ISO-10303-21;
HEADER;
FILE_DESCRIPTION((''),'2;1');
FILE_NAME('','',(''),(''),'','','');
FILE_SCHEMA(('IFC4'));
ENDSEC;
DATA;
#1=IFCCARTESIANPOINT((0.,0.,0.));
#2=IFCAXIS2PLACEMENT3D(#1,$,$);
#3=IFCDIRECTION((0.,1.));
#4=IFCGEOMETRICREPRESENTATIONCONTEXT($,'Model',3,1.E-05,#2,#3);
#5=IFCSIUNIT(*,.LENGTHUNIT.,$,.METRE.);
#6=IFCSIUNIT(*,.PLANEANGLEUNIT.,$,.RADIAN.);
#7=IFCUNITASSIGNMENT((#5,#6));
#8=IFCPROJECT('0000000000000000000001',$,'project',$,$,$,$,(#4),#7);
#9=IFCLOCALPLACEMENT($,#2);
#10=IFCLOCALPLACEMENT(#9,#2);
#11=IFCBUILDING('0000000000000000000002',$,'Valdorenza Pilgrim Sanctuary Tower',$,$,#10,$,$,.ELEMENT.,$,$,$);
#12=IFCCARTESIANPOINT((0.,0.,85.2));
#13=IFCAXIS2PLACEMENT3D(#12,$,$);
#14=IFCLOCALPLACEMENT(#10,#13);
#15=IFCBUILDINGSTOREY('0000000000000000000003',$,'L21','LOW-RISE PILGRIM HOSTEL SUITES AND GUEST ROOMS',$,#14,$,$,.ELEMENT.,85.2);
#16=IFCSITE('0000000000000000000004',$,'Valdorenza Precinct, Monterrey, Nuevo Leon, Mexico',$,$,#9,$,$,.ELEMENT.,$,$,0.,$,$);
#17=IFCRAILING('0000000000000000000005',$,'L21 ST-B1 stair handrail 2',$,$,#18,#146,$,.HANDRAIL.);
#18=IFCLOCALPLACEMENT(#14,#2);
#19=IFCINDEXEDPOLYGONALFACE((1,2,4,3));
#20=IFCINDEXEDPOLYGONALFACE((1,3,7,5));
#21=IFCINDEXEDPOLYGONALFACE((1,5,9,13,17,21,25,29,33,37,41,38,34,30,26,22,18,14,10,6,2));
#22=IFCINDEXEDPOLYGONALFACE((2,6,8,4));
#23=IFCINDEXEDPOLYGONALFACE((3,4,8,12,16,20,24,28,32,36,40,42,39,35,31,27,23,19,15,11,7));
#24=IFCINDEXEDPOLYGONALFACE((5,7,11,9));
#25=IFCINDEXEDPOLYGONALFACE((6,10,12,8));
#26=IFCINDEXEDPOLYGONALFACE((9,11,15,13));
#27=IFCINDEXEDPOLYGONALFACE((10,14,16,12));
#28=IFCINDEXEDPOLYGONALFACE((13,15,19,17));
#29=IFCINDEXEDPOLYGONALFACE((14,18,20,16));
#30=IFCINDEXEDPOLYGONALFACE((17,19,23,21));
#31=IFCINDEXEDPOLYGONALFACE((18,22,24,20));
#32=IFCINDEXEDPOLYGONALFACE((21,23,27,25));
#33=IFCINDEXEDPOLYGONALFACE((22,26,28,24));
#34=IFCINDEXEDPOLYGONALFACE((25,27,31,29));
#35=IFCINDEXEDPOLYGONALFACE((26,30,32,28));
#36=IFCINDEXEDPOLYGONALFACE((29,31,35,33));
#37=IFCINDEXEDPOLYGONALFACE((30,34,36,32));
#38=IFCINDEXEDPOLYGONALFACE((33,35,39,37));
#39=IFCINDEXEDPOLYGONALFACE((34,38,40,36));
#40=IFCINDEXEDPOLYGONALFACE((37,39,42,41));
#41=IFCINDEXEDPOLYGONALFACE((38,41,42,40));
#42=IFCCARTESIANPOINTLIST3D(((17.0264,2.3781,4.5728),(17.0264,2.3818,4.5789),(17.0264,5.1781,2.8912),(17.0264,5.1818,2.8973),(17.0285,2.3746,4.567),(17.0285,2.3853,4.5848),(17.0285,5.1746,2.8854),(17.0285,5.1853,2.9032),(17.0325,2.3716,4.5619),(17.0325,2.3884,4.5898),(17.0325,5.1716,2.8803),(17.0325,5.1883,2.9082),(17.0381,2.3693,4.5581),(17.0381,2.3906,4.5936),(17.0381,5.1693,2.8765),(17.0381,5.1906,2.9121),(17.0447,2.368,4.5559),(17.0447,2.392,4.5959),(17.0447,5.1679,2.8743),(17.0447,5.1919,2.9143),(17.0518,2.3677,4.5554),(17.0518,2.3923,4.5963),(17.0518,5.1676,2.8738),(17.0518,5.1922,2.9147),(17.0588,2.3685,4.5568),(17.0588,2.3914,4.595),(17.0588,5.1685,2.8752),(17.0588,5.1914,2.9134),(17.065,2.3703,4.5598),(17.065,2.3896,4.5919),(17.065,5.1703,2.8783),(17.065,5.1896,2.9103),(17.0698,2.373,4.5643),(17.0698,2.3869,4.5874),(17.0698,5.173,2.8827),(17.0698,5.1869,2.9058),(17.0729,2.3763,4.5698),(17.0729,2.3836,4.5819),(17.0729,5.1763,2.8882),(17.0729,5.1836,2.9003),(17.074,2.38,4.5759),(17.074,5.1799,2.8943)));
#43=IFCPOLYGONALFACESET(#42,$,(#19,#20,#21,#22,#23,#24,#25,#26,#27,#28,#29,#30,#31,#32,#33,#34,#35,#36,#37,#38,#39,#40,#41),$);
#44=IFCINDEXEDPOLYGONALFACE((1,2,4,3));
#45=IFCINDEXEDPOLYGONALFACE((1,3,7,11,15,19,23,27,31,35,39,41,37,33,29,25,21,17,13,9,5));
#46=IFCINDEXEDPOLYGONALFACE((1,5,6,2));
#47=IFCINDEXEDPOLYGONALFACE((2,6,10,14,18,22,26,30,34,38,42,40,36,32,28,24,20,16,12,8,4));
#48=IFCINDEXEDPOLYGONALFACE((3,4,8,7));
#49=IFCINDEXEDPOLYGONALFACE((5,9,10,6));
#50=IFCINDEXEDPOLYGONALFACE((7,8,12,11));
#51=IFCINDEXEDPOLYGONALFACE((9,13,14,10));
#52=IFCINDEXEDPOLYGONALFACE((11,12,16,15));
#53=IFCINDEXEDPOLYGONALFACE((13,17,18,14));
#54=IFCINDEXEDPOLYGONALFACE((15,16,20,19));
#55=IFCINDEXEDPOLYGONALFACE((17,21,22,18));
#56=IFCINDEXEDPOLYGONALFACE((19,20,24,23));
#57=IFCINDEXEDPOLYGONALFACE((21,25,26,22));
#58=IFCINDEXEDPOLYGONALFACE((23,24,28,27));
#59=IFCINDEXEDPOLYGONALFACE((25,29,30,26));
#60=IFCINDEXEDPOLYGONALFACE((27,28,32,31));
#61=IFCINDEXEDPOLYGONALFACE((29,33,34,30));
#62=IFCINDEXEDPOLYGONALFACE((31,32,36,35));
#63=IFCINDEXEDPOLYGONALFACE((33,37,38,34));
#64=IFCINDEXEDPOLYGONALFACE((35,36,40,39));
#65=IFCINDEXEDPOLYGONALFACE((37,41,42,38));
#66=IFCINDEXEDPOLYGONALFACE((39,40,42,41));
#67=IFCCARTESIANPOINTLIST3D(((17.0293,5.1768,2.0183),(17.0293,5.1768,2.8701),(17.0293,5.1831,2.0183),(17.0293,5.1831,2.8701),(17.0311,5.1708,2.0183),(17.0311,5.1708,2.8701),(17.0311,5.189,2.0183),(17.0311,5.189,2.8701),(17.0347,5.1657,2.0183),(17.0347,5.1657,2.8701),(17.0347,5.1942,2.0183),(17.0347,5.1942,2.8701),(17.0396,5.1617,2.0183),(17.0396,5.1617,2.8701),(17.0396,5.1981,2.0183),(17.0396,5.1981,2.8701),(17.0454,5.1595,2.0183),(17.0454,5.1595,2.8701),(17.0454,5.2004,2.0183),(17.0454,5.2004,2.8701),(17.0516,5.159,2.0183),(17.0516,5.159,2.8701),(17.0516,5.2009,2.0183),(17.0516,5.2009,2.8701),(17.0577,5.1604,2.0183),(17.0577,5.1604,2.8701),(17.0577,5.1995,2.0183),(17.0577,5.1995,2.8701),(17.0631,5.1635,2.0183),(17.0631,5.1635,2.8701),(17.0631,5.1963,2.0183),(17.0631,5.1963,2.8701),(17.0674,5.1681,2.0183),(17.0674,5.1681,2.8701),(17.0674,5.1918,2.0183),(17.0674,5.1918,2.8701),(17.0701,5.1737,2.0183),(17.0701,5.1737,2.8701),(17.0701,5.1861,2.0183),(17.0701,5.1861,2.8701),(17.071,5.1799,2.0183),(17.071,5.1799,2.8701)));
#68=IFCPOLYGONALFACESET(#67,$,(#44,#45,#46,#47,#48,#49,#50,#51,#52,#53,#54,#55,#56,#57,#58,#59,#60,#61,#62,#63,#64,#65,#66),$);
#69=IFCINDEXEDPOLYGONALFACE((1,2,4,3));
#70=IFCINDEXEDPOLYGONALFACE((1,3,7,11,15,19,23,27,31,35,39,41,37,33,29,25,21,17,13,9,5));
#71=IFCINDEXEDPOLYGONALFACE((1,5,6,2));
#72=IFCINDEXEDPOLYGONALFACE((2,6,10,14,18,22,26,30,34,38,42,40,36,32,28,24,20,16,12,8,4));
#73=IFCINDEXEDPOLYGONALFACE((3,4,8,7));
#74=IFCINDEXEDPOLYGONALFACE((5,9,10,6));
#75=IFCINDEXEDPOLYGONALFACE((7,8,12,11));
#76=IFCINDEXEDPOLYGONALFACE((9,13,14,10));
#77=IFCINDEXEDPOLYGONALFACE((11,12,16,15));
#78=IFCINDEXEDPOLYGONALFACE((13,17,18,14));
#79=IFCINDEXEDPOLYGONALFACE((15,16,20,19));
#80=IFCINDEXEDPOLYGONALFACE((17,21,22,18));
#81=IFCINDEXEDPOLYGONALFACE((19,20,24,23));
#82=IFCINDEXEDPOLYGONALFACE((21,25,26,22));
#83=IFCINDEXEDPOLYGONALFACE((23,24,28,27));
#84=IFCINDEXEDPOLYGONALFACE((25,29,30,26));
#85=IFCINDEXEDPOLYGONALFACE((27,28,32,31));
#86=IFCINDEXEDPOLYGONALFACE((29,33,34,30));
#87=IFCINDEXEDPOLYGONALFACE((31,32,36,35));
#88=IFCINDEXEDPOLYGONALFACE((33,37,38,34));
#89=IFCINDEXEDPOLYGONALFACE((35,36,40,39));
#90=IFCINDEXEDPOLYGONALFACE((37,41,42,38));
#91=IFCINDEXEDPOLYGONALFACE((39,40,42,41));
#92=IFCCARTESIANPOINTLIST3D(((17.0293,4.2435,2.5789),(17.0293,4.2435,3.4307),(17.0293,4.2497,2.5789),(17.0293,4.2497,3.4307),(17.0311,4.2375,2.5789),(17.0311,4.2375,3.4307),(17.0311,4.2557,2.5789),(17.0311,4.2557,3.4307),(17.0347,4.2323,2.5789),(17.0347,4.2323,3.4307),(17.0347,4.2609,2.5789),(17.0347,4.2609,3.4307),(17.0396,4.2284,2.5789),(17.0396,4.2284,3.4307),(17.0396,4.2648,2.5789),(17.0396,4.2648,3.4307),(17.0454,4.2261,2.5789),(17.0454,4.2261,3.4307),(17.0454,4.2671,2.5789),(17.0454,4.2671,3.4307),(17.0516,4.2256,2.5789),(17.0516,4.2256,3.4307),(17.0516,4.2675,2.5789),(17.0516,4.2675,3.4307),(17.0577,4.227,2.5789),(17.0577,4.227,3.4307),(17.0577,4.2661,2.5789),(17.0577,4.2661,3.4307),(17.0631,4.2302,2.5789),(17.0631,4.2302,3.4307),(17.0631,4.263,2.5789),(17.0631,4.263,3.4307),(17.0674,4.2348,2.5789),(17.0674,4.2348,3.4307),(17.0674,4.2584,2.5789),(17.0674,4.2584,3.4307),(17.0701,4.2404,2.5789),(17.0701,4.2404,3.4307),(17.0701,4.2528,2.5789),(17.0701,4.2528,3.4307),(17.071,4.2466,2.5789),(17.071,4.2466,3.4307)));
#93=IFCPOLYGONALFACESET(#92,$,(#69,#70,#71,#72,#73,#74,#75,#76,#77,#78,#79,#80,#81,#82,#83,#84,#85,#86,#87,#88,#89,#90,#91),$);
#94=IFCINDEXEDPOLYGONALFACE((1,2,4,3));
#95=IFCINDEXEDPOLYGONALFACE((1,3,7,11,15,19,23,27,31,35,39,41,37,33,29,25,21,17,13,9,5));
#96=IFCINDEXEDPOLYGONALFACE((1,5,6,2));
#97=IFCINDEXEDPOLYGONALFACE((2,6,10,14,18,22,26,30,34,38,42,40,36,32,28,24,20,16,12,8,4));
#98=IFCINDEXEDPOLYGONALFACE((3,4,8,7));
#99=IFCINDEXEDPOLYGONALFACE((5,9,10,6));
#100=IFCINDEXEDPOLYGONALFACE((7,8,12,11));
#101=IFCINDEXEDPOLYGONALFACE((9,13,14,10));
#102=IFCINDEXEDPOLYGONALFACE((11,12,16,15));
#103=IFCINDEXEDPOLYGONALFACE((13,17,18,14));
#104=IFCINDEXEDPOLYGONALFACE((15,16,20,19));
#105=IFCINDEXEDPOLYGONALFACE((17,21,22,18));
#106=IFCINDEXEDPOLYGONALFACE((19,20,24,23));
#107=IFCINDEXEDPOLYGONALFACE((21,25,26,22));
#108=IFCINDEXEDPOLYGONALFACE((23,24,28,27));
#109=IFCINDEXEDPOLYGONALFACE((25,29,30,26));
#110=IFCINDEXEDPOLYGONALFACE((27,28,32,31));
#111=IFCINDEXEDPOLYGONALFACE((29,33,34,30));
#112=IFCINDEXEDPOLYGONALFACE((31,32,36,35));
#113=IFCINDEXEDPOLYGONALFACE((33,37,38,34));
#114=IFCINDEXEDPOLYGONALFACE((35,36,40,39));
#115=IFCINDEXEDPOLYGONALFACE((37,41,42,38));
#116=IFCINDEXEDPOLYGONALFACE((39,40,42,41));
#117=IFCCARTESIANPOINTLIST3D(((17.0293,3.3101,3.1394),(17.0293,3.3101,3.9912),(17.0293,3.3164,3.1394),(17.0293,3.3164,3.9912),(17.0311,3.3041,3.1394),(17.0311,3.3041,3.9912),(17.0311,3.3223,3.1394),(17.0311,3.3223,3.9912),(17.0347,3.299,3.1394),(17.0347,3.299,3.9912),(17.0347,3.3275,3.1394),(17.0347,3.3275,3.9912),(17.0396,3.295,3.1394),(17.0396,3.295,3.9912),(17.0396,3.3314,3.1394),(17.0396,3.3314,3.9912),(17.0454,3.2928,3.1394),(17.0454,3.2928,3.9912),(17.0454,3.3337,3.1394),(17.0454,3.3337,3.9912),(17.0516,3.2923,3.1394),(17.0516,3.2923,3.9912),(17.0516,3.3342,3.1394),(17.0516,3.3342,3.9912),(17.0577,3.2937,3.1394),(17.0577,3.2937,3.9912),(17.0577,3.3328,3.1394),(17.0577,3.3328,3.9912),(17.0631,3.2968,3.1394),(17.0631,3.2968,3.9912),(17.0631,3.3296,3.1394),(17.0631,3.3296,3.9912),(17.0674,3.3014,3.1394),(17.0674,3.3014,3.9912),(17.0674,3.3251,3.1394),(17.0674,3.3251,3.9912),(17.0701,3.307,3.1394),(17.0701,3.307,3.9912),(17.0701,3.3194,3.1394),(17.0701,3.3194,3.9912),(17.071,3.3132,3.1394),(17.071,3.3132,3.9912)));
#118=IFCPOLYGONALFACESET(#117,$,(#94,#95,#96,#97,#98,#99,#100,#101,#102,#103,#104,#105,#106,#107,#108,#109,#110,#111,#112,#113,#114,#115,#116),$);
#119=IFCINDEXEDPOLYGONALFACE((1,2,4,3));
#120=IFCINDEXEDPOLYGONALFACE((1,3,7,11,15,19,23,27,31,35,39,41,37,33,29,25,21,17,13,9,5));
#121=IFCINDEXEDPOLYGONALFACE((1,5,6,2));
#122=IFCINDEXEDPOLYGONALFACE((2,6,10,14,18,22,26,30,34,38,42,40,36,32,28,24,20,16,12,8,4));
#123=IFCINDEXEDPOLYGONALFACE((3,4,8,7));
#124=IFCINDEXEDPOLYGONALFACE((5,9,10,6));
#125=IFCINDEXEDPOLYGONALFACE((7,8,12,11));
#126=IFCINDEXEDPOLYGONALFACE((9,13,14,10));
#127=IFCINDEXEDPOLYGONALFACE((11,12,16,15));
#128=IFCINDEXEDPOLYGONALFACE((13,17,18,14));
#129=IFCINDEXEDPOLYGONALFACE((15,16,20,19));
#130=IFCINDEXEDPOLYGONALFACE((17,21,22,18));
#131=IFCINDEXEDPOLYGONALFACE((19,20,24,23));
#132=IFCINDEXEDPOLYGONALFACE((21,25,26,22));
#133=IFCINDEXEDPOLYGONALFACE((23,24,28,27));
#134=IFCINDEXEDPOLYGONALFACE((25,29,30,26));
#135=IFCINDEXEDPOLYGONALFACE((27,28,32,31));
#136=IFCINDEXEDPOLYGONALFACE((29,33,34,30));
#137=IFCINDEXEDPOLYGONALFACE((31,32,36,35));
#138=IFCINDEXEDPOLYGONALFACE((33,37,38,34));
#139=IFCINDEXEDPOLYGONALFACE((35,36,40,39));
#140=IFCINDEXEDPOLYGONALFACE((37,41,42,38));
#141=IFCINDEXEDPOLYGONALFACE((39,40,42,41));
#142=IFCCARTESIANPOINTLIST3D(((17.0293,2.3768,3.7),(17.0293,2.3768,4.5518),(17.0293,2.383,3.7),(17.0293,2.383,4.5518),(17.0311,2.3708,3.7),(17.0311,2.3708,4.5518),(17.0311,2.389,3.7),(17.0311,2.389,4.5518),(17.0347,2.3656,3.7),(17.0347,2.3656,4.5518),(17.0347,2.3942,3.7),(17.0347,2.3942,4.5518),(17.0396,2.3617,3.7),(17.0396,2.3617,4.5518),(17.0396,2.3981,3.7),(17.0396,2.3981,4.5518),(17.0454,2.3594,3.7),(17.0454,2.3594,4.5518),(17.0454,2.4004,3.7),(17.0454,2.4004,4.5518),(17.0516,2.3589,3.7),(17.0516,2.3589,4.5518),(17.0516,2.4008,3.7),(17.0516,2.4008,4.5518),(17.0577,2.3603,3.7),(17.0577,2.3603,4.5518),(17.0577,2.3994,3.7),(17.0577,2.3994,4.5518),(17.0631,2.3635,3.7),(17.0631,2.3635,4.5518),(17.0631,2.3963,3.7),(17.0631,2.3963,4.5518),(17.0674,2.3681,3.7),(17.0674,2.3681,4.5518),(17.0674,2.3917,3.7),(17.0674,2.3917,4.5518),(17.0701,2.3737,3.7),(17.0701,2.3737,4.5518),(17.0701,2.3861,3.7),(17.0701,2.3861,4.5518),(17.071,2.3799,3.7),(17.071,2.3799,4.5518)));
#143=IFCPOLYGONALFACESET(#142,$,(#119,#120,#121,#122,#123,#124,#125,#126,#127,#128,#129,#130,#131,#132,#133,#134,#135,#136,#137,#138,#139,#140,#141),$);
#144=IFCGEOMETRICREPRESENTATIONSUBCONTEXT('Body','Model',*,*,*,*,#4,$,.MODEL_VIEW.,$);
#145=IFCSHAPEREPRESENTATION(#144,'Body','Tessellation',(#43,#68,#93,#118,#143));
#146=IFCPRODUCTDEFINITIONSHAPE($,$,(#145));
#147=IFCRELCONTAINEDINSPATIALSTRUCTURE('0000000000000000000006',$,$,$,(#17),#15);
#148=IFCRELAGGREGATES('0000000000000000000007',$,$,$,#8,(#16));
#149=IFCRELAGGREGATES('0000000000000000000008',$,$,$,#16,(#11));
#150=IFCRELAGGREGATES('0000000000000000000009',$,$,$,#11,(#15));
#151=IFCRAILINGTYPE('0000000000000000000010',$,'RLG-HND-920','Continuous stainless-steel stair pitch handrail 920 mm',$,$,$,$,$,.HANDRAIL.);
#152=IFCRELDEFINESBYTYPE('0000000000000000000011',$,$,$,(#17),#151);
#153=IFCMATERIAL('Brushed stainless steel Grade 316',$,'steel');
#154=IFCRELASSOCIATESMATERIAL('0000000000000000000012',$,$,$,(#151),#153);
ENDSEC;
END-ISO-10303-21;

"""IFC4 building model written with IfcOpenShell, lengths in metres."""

from ifc_helpers import new_model, si_unit, direction, frame, origin, origin_2d, place, context, subcontext, project, spatial, circle, extrude, material, type_object, element, save


model = new_model("IFC4")

# Units and contexts
model_context = context("Model", 3, precision=1e-05, world=origin(), true_north=direction((0.0, 1.0)))
body_context = subcontext(model_context, "Body", "Model", "MODEL_VIEW")
ifc_project = project(units=[si_unit("LENGTHUNIT", "METRE"), si_unit("PLANEANGLEUNIT", "RADIAN")], contexts=[model_context])

# Site, building, storey
site_placement = place(None, origin())
site = spatial("IfcSite", under=ifc_project, at=site_placement, Name="Valdorenza Precinct, Monterrey, Nuevo Leon, Mexico", CompositionType="ELEMENT", RefElevation=0.0)
building_placement = place(site_placement, origin())
building = spatial("IfcBuilding", under=site, at=building_placement, Name="Valdorenza Pilgrim Sanctuary Tower", CompositionType="ELEMENT")
storey_placement = place(building_placement, frame((0.0, 0.0, 85.2)))
storey = spatial("IfcBuildingStorey", under=building, at=storey_placement, Name="L21", Description="LOW-RISE PILGRIM HOSTEL SUITES AND GUEST ROOMS", CompositionType="ELEMENT", Elevation=85.2)

# Railing
ifc_material_1 = material(Name="Brushed stainless steel Grade 316", Category="steel")
railing_type_1 = type_object("IfcRailingType", Name="RLG-HND-920", Description="Continuous stainless-steel stair pitch handrail 920 mm", PredefinedType="HANDRAIL", material=ifc_material_1)
railing_1_placement = place(storey_placement, frame((17.05, 5.1799, 2.0183)))
element("IfcRailing", 1, at=railing_1_placement, inside=storey, type_object=railing_type_1, Name="L21 ST-B1 stair handrail 2", PredefinedType="HANDRAIL", context=body_context, shape_type="SweptSolid", body=[
    extrude(circle(Radius=0.0239, at=origin_2d()), frame((0.0, 0.0, 0.876), z_axis=(0.0, -0.857275, 0.514858), x_axis=(1.0, 0.0, 0.0)), (0.0, 0.0, 1.0), 3.2661),
    extrude(circle(Radius=0.021, at=origin_2d()), origin(), (0.0, 0.0, 1.0), 0.8518),
    extrude(circle(Radius=0.021, at=origin_2d()), frame((0.0, -0.9333, 0.5605)), (0.0, 0.0, 1.0), 0.8518),
    extrude(circle(Radius=0.021, at=origin_2d()), frame((0.0, -1.8667, 1.1211)), (0.0, 0.0, 1.0), 0.8518),
    extrude(circle(Radius=0.021, at=origin_2d()), frame((0.0, -2.8, 1.6816)), (0.0, 0.0, 1.0), 0.8518),
])

save(model, "model.ifc")
